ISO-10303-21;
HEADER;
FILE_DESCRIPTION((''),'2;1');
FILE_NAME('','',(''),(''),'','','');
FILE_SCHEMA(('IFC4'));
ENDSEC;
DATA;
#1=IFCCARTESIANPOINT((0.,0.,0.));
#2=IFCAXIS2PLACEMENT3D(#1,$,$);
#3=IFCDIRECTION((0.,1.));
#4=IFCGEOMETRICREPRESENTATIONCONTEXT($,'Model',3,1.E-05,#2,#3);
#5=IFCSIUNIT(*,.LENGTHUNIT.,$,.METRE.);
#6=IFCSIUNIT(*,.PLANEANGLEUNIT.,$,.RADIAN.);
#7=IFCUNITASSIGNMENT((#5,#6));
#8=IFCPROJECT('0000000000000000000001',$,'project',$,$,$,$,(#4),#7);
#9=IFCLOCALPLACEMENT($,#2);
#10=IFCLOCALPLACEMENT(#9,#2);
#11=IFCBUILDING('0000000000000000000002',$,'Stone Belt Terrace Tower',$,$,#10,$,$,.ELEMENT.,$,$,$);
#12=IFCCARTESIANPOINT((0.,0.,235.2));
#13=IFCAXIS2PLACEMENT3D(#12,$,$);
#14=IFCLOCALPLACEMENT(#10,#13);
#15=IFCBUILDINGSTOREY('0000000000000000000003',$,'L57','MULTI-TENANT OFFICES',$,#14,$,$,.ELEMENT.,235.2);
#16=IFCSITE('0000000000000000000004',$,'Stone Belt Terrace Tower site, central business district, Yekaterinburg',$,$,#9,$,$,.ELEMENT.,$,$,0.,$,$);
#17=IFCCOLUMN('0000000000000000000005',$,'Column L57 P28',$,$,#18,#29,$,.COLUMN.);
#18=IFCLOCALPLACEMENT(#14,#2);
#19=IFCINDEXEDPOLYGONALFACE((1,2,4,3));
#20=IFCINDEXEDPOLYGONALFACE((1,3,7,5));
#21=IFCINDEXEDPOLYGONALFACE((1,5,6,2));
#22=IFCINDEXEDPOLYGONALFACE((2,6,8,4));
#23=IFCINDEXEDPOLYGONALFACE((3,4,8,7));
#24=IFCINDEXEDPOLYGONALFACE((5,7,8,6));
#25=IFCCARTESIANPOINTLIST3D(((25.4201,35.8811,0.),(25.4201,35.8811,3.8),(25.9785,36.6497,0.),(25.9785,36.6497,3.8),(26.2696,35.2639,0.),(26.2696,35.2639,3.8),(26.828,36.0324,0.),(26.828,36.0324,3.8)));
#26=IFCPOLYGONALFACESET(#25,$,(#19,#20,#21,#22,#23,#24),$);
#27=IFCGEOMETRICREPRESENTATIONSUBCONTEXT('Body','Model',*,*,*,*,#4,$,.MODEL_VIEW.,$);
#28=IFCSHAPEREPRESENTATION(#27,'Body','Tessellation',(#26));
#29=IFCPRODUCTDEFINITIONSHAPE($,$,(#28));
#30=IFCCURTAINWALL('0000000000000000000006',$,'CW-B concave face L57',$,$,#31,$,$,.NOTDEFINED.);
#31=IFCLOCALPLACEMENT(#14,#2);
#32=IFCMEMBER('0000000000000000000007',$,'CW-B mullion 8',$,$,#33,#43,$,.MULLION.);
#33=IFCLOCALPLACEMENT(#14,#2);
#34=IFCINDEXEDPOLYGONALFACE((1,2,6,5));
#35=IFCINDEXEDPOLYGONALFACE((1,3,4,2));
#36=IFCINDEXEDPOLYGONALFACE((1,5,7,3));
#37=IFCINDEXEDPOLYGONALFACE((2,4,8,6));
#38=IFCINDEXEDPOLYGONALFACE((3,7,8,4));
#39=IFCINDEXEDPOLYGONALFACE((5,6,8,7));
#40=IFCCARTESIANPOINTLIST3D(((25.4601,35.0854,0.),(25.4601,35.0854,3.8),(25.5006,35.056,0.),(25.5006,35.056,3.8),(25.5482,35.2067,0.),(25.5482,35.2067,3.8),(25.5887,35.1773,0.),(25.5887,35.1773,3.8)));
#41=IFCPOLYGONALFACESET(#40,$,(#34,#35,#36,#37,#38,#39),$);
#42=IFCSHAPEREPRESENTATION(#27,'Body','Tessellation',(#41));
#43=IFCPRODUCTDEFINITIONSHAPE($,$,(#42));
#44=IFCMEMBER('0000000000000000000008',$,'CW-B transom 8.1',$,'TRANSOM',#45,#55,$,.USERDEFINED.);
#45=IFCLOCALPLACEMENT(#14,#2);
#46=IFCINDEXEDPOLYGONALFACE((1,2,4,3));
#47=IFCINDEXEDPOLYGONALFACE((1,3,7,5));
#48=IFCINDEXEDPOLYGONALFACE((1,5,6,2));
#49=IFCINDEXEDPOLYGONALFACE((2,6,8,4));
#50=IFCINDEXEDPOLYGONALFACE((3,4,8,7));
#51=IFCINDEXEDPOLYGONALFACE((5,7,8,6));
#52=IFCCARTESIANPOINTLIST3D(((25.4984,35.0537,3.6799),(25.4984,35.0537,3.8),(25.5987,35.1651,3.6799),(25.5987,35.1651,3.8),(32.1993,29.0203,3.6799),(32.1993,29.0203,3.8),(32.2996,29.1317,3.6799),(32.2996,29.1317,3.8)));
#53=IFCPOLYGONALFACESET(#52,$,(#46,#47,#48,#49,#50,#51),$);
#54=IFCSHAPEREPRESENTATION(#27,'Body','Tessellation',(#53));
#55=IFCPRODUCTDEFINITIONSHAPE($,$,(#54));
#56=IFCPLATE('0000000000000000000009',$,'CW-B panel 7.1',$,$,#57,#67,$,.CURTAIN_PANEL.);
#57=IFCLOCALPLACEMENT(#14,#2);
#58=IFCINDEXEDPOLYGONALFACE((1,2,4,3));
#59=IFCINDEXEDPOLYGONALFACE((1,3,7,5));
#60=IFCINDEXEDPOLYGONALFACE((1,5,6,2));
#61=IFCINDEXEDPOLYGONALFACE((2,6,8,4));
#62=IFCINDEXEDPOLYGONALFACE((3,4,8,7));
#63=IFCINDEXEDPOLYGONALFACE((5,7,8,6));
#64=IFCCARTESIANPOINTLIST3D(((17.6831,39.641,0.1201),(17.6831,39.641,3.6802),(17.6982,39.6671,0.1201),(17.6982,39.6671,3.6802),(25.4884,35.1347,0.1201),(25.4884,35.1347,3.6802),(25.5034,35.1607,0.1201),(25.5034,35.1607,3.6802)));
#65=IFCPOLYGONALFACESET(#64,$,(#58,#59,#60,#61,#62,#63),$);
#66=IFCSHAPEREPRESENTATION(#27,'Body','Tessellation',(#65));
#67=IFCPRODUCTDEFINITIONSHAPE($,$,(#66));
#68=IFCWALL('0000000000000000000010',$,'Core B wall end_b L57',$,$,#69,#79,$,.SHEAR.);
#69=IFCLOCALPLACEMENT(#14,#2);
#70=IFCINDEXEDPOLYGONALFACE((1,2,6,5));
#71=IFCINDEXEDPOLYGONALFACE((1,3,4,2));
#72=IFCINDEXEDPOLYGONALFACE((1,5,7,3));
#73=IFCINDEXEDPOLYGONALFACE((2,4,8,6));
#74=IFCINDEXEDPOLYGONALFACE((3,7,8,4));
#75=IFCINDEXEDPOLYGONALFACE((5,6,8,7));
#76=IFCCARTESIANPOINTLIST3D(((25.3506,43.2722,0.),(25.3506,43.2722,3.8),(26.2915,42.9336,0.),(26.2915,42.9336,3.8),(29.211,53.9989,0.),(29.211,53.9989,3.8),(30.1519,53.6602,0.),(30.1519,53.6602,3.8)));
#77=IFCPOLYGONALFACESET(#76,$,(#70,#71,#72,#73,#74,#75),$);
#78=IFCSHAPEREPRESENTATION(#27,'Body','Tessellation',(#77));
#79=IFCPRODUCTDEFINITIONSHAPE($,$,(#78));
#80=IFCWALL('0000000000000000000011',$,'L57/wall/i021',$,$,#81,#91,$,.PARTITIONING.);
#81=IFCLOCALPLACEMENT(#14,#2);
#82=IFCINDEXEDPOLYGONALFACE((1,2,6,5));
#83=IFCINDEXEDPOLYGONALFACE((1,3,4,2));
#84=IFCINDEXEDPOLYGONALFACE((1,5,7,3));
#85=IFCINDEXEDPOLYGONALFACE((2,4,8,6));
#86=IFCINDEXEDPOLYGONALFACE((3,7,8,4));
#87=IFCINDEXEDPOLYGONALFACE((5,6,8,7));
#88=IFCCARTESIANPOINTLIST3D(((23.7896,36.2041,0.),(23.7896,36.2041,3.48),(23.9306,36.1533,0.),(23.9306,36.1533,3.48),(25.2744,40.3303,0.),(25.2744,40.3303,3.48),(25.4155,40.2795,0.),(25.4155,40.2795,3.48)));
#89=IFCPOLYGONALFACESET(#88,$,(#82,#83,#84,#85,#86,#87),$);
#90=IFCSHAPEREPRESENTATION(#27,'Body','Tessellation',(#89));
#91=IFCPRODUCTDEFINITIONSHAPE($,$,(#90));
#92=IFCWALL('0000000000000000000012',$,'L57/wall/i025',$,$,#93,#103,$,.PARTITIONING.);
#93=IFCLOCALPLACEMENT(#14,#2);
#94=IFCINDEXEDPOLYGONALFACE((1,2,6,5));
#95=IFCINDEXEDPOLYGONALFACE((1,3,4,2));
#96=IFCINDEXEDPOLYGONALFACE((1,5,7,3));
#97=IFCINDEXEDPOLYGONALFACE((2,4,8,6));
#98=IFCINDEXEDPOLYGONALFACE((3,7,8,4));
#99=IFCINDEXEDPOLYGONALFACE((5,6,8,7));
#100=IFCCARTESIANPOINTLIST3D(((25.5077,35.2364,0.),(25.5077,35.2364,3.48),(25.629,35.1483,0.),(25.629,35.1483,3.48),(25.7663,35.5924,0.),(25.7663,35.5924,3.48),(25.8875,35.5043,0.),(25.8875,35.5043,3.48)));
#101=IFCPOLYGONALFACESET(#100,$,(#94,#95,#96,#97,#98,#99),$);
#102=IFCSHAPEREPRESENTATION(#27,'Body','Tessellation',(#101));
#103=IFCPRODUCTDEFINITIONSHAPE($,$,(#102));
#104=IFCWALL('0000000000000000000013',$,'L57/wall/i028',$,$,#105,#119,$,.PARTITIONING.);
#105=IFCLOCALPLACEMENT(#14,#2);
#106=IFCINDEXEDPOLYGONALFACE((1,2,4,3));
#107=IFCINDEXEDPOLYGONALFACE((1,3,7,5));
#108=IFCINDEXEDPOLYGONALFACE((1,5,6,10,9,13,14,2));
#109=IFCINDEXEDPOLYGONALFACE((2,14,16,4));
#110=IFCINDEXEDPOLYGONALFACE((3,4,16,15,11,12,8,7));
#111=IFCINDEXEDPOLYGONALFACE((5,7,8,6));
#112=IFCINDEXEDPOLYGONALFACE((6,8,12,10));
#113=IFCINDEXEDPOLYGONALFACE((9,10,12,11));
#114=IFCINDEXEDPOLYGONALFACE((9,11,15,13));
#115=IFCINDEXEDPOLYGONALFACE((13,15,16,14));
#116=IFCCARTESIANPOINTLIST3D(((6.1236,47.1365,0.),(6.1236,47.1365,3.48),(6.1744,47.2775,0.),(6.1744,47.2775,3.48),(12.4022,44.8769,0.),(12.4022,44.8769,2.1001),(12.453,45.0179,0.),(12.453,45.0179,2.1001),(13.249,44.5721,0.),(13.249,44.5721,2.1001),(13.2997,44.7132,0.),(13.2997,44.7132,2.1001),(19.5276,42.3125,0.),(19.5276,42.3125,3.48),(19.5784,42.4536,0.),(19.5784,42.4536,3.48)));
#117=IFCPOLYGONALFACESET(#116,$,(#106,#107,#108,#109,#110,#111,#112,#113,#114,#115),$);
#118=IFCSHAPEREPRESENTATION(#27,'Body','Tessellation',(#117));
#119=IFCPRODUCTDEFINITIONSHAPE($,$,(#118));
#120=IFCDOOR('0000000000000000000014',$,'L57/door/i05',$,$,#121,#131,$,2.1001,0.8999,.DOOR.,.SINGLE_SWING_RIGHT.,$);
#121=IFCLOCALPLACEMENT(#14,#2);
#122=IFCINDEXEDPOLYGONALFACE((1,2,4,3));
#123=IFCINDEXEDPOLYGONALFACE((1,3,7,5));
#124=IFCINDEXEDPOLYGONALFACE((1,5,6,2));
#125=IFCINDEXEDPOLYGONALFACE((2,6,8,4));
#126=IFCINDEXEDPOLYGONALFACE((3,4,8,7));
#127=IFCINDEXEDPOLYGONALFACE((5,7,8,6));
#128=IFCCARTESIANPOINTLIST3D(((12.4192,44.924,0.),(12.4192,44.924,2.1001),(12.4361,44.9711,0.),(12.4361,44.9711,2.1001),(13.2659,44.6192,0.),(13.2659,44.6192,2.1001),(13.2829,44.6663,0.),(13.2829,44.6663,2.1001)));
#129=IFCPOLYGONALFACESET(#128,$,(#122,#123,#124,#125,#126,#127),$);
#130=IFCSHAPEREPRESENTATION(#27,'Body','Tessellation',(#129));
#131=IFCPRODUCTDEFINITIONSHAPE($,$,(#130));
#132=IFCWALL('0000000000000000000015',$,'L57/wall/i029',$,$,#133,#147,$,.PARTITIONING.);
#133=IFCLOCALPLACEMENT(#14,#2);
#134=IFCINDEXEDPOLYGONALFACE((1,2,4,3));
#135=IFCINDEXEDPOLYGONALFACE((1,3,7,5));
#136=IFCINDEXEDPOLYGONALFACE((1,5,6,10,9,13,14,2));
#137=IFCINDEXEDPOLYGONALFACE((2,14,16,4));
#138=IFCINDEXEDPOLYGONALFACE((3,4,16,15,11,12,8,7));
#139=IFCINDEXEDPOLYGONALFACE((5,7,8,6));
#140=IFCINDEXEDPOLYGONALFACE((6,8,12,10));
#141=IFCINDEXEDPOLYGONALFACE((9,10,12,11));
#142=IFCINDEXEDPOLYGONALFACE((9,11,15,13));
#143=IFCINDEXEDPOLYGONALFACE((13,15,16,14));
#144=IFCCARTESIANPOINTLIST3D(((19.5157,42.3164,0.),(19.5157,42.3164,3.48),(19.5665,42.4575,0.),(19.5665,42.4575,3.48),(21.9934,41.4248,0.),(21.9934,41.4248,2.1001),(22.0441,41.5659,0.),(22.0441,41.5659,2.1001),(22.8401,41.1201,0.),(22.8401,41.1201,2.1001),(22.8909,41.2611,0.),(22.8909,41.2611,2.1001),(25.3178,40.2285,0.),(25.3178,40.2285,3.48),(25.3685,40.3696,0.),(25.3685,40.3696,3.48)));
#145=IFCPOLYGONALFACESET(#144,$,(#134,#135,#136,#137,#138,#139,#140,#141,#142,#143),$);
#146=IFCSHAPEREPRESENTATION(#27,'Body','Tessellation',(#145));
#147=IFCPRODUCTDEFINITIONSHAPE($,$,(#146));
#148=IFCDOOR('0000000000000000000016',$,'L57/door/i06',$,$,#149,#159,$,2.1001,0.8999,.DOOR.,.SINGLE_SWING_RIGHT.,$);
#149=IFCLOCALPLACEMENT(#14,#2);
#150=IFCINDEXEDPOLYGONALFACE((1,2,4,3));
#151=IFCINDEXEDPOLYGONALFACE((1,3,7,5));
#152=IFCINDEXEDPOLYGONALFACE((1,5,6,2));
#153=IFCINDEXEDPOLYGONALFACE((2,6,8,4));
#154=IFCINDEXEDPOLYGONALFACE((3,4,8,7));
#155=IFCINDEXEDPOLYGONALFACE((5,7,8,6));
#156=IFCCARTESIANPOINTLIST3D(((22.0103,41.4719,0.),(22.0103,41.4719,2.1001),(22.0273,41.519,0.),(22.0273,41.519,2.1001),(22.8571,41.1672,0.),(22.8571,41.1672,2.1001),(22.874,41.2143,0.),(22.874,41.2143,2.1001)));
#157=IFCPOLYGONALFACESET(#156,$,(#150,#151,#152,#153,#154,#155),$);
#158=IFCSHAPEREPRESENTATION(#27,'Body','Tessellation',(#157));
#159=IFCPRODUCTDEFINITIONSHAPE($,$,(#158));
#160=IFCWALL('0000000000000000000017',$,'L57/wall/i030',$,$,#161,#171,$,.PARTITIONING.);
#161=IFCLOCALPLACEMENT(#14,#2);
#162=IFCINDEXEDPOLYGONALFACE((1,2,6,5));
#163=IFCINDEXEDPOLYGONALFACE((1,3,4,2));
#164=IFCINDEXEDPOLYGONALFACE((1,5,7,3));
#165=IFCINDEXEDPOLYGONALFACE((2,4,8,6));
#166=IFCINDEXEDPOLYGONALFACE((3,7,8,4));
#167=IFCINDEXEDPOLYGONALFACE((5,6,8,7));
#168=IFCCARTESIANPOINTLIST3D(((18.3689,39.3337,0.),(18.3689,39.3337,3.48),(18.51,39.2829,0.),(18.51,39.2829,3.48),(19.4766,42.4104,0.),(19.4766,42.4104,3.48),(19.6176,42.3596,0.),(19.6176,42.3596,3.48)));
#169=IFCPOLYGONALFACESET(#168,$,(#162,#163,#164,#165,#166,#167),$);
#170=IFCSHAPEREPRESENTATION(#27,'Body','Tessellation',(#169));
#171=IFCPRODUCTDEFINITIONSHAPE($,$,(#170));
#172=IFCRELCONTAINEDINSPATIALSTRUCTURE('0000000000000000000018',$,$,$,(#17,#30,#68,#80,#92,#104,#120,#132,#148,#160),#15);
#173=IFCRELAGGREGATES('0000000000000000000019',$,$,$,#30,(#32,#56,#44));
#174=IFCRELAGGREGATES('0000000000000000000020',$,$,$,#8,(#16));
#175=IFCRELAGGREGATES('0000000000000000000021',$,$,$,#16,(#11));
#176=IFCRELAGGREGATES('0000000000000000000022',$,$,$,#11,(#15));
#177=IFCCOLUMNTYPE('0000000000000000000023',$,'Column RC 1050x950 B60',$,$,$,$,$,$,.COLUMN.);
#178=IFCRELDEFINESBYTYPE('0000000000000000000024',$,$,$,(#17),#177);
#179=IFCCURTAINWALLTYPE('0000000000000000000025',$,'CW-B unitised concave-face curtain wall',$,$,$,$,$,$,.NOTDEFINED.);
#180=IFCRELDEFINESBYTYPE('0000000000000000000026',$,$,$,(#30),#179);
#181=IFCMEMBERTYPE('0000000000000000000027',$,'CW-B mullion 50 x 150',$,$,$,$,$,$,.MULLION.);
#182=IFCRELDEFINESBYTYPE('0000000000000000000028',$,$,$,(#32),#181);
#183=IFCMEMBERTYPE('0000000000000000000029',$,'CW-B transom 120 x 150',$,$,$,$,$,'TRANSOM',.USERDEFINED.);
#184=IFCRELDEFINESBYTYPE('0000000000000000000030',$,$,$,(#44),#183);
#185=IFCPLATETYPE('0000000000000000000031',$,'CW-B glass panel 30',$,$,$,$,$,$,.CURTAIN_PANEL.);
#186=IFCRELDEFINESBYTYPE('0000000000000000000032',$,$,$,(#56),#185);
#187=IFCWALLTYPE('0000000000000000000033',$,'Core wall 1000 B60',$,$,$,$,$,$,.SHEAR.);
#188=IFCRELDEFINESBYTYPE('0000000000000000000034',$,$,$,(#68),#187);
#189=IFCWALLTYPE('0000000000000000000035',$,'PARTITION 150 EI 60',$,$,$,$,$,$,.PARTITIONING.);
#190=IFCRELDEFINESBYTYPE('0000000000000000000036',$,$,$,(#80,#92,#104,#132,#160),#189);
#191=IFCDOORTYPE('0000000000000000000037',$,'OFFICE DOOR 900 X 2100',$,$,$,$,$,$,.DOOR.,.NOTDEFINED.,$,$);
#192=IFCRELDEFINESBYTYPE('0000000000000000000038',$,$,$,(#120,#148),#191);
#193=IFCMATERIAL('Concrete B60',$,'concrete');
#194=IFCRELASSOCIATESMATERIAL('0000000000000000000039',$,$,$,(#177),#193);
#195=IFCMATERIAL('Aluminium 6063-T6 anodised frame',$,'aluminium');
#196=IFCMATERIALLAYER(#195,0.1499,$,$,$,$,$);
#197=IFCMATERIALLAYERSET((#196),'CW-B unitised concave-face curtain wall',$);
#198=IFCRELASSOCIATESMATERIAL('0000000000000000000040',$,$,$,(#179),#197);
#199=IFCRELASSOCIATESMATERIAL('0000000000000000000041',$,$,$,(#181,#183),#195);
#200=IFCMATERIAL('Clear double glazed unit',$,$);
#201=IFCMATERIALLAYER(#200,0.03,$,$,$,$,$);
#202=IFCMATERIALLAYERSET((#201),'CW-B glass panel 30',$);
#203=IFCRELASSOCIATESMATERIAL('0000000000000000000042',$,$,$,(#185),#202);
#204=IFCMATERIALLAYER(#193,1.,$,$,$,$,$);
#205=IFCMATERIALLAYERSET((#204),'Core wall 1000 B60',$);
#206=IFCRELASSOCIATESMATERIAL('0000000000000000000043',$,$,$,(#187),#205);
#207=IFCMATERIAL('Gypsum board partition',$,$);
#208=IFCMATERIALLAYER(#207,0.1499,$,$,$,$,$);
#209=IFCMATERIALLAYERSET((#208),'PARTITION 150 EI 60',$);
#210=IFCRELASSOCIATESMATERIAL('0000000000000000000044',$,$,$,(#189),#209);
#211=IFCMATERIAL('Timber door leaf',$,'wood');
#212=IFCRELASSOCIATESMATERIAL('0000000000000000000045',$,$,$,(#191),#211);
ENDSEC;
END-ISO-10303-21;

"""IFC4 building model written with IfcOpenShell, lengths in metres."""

from ifc_helpers import new_model, si_unit, direction, frame, frame_2d, origin, origin_2d, place, context, subcontext, project, spatial, rectangle, extrude, material, layer, layer_set, material_profile, profile_set, type_object, element, fill, aggregate, save


model = new_model("IFC4")

# Units and contexts
model_context = context("Model", 3, precision=1e-05, world=origin(), true_north=direction((0.0, 1.0)))
body_context = subcontext(model_context, "Body", "Model", "MODEL_VIEW")
ifc_project = project(units=[si_unit("LENGTHUNIT", "METRE"), si_unit("PLANEANGLEUNIT", "RADIAN")], contexts=[model_context])

# Site, building, storey
site_placement = place(None, origin())
site = spatial("IfcSite", under=ifc_project, at=site_placement, Name="Stone Belt Terrace Tower site, central business district, Yekaterinburg", CompositionType="ELEMENT", RefElevation=0.0)
building_placement = place(site_placement, origin())
building = spatial("IfcBuilding", under=site, at=building_placement, Name="Stone Belt Terrace Tower", CompositionType="ELEMENT")
storey_placement = place(building_placement, frame((0.0, 0.0, 235.2)))
storey = spatial("IfcBuildingStorey", under=building, at=storey_placement, Name="L57", Description="MULTI-TENANT OFFICES", CompositionType="ELEMENT", Elevation=235.2)

# Column
ifc_material_1 = material(Name="Concrete B60", Category="concrete")
ifc_material_profile_1 = material_profile(ifc_material_1, rectangle(XDim=1.05, YDim=0.95, at=origin_2d()), Name="RC 1050x950")
ifc_profile_set_1 = profile_set([ifc_material_profile_1], Name="Concrete B60")
column_type = type_object("IfcColumnType", Name="Column RC 1050x950 B60", PredefinedType="COLUMN", material=ifc_profile_set_1)
column_placement = place(storey_placement, frame((26.124, 35.9568, 0.0), z_axis=(0.0, 0.0, 1.0), x_axis=(0.809017, -0.587785, 0.0)))
element("IfcColumn", 1, at=column_placement, inside=storey, type_object=column_type, Name="Column L57 P28", PredefinedType="COLUMN", context=body_context, shape_type="SweptSolid", body=[
    extrude(rectangle(XDim=1.05, YDim=0.95, at=origin_2d()), origin(), (0.0, 0.0, 1.0), 3.8),
])

# Curtain wall, members, plate
ifc_material_2 = material(Name="Aluminium 6063-T6 anodised frame", Category="aluminium")
ifc_layer_1 = layer(ifc_material_2, 0.1499)
ifc_layer_set_1 = layer_set([ifc_layer_1], Name="CW-B unitised concave-face curtain wall")
curtain_wall_type = type_object("IfcCurtainWallType", Name="CW-B unitised concave-face curtain wall", PredefinedType="NOTDEFINED", material=ifc_layer_set_1)
curtain_wall_placement = place(storey_placement, origin())
curtain_wall = element("IfcCurtainWall", 2, at=curtain_wall_placement, inside=storey, type_object=curtain_wall_type, Name="CW-B concave face L57", PredefinedType="NOTDEFINED")
ifc_material_profile_2 = material_profile(ifc_material_2, rectangle(XDim=0.1499, YDim=0.05, at=origin_2d()), Name="Aluminium 6063-T6 50x150")
ifc_profile_set_2 = profile_set([ifc_material_profile_2], Name="Aluminium 6063-T6 anodised frame")
member_type_1 = type_object("IfcMemberType", Name="CW-B mullion 50 x 150", PredefinedType="MULLION", material=ifc_profile_set_2)
member_1_placement = place(storey_placement, frame((25.5244, 35.1313, 0.0), z_axis=(0.0, 0.0, 1.0), x_axis=(0.587785, 0.809017, 0.0)))
member_1 = element("IfcMember", 3, at=member_1_placement, type_object=member_type_1, Name="CW-B mullion 8", PredefinedType="MULLION", context=body_context, shape_type="SweptSolid", body=[
    extrude(rectangle(XDim=0.1499, YDim=0.05, at=origin_2d()), origin(), (0.0, 0.0, 1.0), 3.8),
])
ifc_material_profile_3 = material_profile(ifc_material_2, rectangle(XDim=0.1499, YDim=0.1201, at=origin_2d()), Name="Aluminium 6063-T6 150x120")
ifc_profile_set_3 = profile_set([ifc_material_profile_3], Name="Aluminium 6063-T6 anodised frame")
member_type_2 = type_object("IfcMemberType", Name="CW-B transom 120 x 150", ElementType="TRANSOM", PredefinedType="USERDEFINED", material=ifc_profile_set_3)
member_2_placement = place(storey_placement, frame((25.5486, 35.1094, 3.74), z_axis=(0.74315, -0.669125, 0.0), x_axis=(0.669125, 0.74315, 0.0)))
member_2 = element("IfcMember", 4, at=member_2_placement, type_object=member_type_2, Name="CW-B transom 8.1", ObjectType="TRANSOM", PredefinedType="USERDEFINED", context=body_context, shape_type="SweptSolid", body=[
    extrude(rectangle(XDim=0.1499, YDim=0.1201, at=origin_2d()), origin(), (0.0, 0.0, 1.0), 9.0168),
])
ifc_material_3 = material(Name="Clear double glazed unit")
ifc_layer_2 = layer(ifc_material_3, 0.03)
ifc_layer_set_2 = layer_set([ifc_layer_2], Name="CW-B glass panel 30")
plate_type = type_object("IfcPlateType", Name="CW-B glass panel 30", PredefinedType="CURTAIN_PANEL", material=ifc_layer_set_2)
plate_placement = place(storey_placement, frame((21.5933, 37.4009, 0.1201), z_axis=(0.0, 0.0, 1.0), x_axis=(0.866025, -0.5, 0.0)))
plate = element("IfcPlate", 5, at=plate_placement, type_object=plate_type, Name="CW-B panel 7.1", PredefinedType="CURTAIN_PANEL", context=body_context, shape_type="SweptSolid", body=[
    extrude(rectangle(XDim=9.0127, YDim=0.03, at=origin_2d()), origin(), (0.0, 0.0, 1.0), 3.5601),
])
aggregate(curtain_wall, [member_1, plate, member_2])

# Walls
ifc_layer_3 = layer(ifc_material_1, 1.0)
ifc_layer_set_3 = layer_set([ifc_layer_3], Name="Core wall 1000 B60")
wall_type_1 = type_object("IfcWallType", Name="Core wall 1000 B60", PredefinedType="SHEAR", material=ifc_layer_set_3)
wall_1_placement = place(storey_placement, frame((25.821, 43.1028, 0.0), z_axis=(0.0, 0.0, 1.0), x_axis=(0.338625, 0.940921, 0.0)))
element("IfcWall", 6, at=wall_1_placement, inside=storey, type_object=wall_type_1, Name="Core B wall end_b L57", PredefinedType="SHEAR", context=body_context, shape_type="SweptSolid", body=[
    extrude(rectangle(XDim=11.4001, YDim=1.0, at=frame_2d((5.7002, 0.0))), origin(), (0.0, 0.0, 1.0), 3.8),
])
ifc_material_4 = material(Name="Gypsum board partition")
ifc_layer_4 = layer(ifc_material_4, 0.1499)
ifc_layer_set_4 = layer_set([ifc_layer_4], Name="PARTITION 150 EI 60")
wall_type_2 = type_object("IfcWallType", Name="PARTITION 150 EI 60", PredefinedType="PARTITIONING", material=ifc_layer_set_4)
wall_2_placement = place(storey_placement, frame((23.8601, 36.1787, 0.0), z_axis=(0.0, 0.0, 1.0), x_axis=(0.338603, 0.940929, 0.0)))
element("IfcWall", 7, at=wall_2_placement, inside=storey, type_object=wall_type_2, Name="L57/wall/i021", PredefinedType="PARTITIONING", context=body_context, shape_type="SweptSolid", body=[
    extrude(rectangle(XDim=4.3853, YDim=0.1499, at=frame_2d((2.1926, 0.0))), origin(), (0.0, 0.0, 1.0), 3.48),
])
wall_3_placement = place(storey_placement, frame((25.8269, 35.5483, 0.0), z_axis=(0.0, 0.0, 1.0), x_axis=(-0.587677, -0.809096, 0.0)))
element("IfcWall", 8, at=wall_3_placement, inside=storey, type_object=wall_type_2, Name="L57/wall/i025", PredefinedType="PARTITIONING", context=body_context, shape_type="SweptSolid", body=[
    extrude(rectangle(XDim=0.4399, YDim=0.1499, at=frame_2d((0.22, 0.0))), origin(), (0.0, 0.0, 1.0), 3.48),
])

# Walls, openings, doors
wall_4_placement = place(storey_placement, frame((19.553, 42.3831, 0.0), z_axis=(0.0, 0.0, 1.0), x_axis=(-0.940921, 0.338627, 0.0)))
wall_4 = element("IfcWall", 9, at=wall_4_placement, inside=storey, type_object=wall_type_2, Name="L57/wall/i028", PredefinedType="PARTITIONING", context=body_context, shape_type="SweptSolid", body=[
    extrude(rectangle(XDim=14.2456, YDim=0.1499, at=frame_2d((7.1228, 0.0))), origin(), (0.0, 0.0, 1.0), 3.48),
])
opening_1_placement = place(wall_4_placement, frame((6.6729, 0.0, 0.0)))
opening_1 = element("IfcOpeningElement", 10, at=opening_1_placement, cuts=wall_4, PredefinedType="OPENING", context=body_context, shape_type="SweptSolid", body=[
    extrude(rectangle(XDim=0.8999, YDim=2.1001, at=frame_2d((0.45, 1.05))), frame((0.0, 0.085, 0.0), z_axis=(0.0, -1.0, 0.0), x_axis=(1.0, 0.0, 0.0)), (0.0, 0.0, 1.0), 0.1699),
])
ifc_material_5 = material(Name="Timber door leaf", Category="wood")
door_type_1 = type_object("IfcDoorType", Name="OFFICE DOOR 900 X 2100", OperationType="NOTDEFINED", PredefinedType="DOOR", material=ifc_material_5)
door_1_placement = place(opening_1_placement, origin())
door_1 = element("IfcDoor", 11, at=door_1_placement, inside=storey, type_object=door_type_1, Name="L57/door/i05", OperationType="SINGLE_SWING_RIGHT", OverallHeight=2.1001, OverallWidth=0.8999, PredefinedType="DOOR", context=body_context, shape_type="SweptSolid", body=[
    extrude(rectangle(XDim=0.8999, YDim=2.1001, at=frame_2d((0.45, 1.05))), frame((0.0, 0.0249, 0.0), z_axis=(0.0, -1.0, 0.0), x_axis=(1.0, 0.0, 0.0)), (0.0, 0.0, 1.0), 0.05),
])
fill(opening_1, door_1)
wall_5_placement = place(storey_placement, frame((25.343, 40.2991, 0.0), z_axis=(0.0, 0.0, 1.0), x_axis=(-0.94093, 0.3386, 0.0)))
wall_5 = element("IfcWall", 12, at=wall_5_placement, inside=storey, type_object=wall_type_2, Name="L57/wall/i029", PredefinedType="PARTITIONING", context=body_context, shape_type="SweptSolid", body=[
    extrude(rectangle(XDim=6.1663, YDim=0.1499, at=frame_2d((3.083, 0.0))), origin(), (0.0, 0.0, 1.0), 3.48),
])
opening_2_placement = place(wall_5_placement, frame((2.6331, 0.0, 0.0)))
opening_2 = element("IfcOpeningElement", 13, at=opening_2_placement, cuts=wall_5, PredefinedType="OPENING", context=body_context, shape_type="SweptSolid", body=[
    extrude(rectangle(XDim=0.8999, YDim=2.1001, at=frame_2d((0.45, 1.05))), frame((0.0, 0.085, 0.0), z_axis=(0.0, -1.0, 0.0), x_axis=(1.0, 0.0, 0.0)), (0.0, 0.0, 1.0), 0.1699),
])
door_2_placement = place(opening_2_placement, origin())
door_2 = element("IfcDoor", 14, at=door_2_placement, inside=storey, type_object=door_type_1, Name="L57/door/i06", OperationType="SINGLE_SWING_RIGHT", OverallHeight=2.1001, OverallWidth=0.8999, PredefinedType="DOOR", context=body_context, shape_type="SweptSolid", body=[
    extrude(rectangle(XDim=0.8999, YDim=2.1001, at=frame_2d((0.45, 1.05))), frame((0.0, 0.0249, 0.0), z_axis=(0.0, -1.0, 0.0), x_axis=(1.0, 0.0, 0.0)), (0.0, 0.0, 1.0), 0.05),
])
fill(opening_2, door_2)

# Wall
wall_6_placement = place(storey_placement, frame((19.5471, 42.385, 0.0), z_axis=(0.0, 0.0, 1.0), x_axis=(-0.338738, -0.940881, 0.0)))
element("IfcWall", 15, at=wall_6_placement, inside=storey, type_object=wall_type_2, Name="L57/wall/i030", PredefinedType="PARTITIONING", context=body_context, shape_type="SweptSolid", body=[
    extrude(rectangle(XDim=3.27, YDim=0.1499, at=frame_2d((1.635, 0.0))), origin(), (0.0, 0.0, 1.0), 3.48),
])

save(model, "model.ifc")
